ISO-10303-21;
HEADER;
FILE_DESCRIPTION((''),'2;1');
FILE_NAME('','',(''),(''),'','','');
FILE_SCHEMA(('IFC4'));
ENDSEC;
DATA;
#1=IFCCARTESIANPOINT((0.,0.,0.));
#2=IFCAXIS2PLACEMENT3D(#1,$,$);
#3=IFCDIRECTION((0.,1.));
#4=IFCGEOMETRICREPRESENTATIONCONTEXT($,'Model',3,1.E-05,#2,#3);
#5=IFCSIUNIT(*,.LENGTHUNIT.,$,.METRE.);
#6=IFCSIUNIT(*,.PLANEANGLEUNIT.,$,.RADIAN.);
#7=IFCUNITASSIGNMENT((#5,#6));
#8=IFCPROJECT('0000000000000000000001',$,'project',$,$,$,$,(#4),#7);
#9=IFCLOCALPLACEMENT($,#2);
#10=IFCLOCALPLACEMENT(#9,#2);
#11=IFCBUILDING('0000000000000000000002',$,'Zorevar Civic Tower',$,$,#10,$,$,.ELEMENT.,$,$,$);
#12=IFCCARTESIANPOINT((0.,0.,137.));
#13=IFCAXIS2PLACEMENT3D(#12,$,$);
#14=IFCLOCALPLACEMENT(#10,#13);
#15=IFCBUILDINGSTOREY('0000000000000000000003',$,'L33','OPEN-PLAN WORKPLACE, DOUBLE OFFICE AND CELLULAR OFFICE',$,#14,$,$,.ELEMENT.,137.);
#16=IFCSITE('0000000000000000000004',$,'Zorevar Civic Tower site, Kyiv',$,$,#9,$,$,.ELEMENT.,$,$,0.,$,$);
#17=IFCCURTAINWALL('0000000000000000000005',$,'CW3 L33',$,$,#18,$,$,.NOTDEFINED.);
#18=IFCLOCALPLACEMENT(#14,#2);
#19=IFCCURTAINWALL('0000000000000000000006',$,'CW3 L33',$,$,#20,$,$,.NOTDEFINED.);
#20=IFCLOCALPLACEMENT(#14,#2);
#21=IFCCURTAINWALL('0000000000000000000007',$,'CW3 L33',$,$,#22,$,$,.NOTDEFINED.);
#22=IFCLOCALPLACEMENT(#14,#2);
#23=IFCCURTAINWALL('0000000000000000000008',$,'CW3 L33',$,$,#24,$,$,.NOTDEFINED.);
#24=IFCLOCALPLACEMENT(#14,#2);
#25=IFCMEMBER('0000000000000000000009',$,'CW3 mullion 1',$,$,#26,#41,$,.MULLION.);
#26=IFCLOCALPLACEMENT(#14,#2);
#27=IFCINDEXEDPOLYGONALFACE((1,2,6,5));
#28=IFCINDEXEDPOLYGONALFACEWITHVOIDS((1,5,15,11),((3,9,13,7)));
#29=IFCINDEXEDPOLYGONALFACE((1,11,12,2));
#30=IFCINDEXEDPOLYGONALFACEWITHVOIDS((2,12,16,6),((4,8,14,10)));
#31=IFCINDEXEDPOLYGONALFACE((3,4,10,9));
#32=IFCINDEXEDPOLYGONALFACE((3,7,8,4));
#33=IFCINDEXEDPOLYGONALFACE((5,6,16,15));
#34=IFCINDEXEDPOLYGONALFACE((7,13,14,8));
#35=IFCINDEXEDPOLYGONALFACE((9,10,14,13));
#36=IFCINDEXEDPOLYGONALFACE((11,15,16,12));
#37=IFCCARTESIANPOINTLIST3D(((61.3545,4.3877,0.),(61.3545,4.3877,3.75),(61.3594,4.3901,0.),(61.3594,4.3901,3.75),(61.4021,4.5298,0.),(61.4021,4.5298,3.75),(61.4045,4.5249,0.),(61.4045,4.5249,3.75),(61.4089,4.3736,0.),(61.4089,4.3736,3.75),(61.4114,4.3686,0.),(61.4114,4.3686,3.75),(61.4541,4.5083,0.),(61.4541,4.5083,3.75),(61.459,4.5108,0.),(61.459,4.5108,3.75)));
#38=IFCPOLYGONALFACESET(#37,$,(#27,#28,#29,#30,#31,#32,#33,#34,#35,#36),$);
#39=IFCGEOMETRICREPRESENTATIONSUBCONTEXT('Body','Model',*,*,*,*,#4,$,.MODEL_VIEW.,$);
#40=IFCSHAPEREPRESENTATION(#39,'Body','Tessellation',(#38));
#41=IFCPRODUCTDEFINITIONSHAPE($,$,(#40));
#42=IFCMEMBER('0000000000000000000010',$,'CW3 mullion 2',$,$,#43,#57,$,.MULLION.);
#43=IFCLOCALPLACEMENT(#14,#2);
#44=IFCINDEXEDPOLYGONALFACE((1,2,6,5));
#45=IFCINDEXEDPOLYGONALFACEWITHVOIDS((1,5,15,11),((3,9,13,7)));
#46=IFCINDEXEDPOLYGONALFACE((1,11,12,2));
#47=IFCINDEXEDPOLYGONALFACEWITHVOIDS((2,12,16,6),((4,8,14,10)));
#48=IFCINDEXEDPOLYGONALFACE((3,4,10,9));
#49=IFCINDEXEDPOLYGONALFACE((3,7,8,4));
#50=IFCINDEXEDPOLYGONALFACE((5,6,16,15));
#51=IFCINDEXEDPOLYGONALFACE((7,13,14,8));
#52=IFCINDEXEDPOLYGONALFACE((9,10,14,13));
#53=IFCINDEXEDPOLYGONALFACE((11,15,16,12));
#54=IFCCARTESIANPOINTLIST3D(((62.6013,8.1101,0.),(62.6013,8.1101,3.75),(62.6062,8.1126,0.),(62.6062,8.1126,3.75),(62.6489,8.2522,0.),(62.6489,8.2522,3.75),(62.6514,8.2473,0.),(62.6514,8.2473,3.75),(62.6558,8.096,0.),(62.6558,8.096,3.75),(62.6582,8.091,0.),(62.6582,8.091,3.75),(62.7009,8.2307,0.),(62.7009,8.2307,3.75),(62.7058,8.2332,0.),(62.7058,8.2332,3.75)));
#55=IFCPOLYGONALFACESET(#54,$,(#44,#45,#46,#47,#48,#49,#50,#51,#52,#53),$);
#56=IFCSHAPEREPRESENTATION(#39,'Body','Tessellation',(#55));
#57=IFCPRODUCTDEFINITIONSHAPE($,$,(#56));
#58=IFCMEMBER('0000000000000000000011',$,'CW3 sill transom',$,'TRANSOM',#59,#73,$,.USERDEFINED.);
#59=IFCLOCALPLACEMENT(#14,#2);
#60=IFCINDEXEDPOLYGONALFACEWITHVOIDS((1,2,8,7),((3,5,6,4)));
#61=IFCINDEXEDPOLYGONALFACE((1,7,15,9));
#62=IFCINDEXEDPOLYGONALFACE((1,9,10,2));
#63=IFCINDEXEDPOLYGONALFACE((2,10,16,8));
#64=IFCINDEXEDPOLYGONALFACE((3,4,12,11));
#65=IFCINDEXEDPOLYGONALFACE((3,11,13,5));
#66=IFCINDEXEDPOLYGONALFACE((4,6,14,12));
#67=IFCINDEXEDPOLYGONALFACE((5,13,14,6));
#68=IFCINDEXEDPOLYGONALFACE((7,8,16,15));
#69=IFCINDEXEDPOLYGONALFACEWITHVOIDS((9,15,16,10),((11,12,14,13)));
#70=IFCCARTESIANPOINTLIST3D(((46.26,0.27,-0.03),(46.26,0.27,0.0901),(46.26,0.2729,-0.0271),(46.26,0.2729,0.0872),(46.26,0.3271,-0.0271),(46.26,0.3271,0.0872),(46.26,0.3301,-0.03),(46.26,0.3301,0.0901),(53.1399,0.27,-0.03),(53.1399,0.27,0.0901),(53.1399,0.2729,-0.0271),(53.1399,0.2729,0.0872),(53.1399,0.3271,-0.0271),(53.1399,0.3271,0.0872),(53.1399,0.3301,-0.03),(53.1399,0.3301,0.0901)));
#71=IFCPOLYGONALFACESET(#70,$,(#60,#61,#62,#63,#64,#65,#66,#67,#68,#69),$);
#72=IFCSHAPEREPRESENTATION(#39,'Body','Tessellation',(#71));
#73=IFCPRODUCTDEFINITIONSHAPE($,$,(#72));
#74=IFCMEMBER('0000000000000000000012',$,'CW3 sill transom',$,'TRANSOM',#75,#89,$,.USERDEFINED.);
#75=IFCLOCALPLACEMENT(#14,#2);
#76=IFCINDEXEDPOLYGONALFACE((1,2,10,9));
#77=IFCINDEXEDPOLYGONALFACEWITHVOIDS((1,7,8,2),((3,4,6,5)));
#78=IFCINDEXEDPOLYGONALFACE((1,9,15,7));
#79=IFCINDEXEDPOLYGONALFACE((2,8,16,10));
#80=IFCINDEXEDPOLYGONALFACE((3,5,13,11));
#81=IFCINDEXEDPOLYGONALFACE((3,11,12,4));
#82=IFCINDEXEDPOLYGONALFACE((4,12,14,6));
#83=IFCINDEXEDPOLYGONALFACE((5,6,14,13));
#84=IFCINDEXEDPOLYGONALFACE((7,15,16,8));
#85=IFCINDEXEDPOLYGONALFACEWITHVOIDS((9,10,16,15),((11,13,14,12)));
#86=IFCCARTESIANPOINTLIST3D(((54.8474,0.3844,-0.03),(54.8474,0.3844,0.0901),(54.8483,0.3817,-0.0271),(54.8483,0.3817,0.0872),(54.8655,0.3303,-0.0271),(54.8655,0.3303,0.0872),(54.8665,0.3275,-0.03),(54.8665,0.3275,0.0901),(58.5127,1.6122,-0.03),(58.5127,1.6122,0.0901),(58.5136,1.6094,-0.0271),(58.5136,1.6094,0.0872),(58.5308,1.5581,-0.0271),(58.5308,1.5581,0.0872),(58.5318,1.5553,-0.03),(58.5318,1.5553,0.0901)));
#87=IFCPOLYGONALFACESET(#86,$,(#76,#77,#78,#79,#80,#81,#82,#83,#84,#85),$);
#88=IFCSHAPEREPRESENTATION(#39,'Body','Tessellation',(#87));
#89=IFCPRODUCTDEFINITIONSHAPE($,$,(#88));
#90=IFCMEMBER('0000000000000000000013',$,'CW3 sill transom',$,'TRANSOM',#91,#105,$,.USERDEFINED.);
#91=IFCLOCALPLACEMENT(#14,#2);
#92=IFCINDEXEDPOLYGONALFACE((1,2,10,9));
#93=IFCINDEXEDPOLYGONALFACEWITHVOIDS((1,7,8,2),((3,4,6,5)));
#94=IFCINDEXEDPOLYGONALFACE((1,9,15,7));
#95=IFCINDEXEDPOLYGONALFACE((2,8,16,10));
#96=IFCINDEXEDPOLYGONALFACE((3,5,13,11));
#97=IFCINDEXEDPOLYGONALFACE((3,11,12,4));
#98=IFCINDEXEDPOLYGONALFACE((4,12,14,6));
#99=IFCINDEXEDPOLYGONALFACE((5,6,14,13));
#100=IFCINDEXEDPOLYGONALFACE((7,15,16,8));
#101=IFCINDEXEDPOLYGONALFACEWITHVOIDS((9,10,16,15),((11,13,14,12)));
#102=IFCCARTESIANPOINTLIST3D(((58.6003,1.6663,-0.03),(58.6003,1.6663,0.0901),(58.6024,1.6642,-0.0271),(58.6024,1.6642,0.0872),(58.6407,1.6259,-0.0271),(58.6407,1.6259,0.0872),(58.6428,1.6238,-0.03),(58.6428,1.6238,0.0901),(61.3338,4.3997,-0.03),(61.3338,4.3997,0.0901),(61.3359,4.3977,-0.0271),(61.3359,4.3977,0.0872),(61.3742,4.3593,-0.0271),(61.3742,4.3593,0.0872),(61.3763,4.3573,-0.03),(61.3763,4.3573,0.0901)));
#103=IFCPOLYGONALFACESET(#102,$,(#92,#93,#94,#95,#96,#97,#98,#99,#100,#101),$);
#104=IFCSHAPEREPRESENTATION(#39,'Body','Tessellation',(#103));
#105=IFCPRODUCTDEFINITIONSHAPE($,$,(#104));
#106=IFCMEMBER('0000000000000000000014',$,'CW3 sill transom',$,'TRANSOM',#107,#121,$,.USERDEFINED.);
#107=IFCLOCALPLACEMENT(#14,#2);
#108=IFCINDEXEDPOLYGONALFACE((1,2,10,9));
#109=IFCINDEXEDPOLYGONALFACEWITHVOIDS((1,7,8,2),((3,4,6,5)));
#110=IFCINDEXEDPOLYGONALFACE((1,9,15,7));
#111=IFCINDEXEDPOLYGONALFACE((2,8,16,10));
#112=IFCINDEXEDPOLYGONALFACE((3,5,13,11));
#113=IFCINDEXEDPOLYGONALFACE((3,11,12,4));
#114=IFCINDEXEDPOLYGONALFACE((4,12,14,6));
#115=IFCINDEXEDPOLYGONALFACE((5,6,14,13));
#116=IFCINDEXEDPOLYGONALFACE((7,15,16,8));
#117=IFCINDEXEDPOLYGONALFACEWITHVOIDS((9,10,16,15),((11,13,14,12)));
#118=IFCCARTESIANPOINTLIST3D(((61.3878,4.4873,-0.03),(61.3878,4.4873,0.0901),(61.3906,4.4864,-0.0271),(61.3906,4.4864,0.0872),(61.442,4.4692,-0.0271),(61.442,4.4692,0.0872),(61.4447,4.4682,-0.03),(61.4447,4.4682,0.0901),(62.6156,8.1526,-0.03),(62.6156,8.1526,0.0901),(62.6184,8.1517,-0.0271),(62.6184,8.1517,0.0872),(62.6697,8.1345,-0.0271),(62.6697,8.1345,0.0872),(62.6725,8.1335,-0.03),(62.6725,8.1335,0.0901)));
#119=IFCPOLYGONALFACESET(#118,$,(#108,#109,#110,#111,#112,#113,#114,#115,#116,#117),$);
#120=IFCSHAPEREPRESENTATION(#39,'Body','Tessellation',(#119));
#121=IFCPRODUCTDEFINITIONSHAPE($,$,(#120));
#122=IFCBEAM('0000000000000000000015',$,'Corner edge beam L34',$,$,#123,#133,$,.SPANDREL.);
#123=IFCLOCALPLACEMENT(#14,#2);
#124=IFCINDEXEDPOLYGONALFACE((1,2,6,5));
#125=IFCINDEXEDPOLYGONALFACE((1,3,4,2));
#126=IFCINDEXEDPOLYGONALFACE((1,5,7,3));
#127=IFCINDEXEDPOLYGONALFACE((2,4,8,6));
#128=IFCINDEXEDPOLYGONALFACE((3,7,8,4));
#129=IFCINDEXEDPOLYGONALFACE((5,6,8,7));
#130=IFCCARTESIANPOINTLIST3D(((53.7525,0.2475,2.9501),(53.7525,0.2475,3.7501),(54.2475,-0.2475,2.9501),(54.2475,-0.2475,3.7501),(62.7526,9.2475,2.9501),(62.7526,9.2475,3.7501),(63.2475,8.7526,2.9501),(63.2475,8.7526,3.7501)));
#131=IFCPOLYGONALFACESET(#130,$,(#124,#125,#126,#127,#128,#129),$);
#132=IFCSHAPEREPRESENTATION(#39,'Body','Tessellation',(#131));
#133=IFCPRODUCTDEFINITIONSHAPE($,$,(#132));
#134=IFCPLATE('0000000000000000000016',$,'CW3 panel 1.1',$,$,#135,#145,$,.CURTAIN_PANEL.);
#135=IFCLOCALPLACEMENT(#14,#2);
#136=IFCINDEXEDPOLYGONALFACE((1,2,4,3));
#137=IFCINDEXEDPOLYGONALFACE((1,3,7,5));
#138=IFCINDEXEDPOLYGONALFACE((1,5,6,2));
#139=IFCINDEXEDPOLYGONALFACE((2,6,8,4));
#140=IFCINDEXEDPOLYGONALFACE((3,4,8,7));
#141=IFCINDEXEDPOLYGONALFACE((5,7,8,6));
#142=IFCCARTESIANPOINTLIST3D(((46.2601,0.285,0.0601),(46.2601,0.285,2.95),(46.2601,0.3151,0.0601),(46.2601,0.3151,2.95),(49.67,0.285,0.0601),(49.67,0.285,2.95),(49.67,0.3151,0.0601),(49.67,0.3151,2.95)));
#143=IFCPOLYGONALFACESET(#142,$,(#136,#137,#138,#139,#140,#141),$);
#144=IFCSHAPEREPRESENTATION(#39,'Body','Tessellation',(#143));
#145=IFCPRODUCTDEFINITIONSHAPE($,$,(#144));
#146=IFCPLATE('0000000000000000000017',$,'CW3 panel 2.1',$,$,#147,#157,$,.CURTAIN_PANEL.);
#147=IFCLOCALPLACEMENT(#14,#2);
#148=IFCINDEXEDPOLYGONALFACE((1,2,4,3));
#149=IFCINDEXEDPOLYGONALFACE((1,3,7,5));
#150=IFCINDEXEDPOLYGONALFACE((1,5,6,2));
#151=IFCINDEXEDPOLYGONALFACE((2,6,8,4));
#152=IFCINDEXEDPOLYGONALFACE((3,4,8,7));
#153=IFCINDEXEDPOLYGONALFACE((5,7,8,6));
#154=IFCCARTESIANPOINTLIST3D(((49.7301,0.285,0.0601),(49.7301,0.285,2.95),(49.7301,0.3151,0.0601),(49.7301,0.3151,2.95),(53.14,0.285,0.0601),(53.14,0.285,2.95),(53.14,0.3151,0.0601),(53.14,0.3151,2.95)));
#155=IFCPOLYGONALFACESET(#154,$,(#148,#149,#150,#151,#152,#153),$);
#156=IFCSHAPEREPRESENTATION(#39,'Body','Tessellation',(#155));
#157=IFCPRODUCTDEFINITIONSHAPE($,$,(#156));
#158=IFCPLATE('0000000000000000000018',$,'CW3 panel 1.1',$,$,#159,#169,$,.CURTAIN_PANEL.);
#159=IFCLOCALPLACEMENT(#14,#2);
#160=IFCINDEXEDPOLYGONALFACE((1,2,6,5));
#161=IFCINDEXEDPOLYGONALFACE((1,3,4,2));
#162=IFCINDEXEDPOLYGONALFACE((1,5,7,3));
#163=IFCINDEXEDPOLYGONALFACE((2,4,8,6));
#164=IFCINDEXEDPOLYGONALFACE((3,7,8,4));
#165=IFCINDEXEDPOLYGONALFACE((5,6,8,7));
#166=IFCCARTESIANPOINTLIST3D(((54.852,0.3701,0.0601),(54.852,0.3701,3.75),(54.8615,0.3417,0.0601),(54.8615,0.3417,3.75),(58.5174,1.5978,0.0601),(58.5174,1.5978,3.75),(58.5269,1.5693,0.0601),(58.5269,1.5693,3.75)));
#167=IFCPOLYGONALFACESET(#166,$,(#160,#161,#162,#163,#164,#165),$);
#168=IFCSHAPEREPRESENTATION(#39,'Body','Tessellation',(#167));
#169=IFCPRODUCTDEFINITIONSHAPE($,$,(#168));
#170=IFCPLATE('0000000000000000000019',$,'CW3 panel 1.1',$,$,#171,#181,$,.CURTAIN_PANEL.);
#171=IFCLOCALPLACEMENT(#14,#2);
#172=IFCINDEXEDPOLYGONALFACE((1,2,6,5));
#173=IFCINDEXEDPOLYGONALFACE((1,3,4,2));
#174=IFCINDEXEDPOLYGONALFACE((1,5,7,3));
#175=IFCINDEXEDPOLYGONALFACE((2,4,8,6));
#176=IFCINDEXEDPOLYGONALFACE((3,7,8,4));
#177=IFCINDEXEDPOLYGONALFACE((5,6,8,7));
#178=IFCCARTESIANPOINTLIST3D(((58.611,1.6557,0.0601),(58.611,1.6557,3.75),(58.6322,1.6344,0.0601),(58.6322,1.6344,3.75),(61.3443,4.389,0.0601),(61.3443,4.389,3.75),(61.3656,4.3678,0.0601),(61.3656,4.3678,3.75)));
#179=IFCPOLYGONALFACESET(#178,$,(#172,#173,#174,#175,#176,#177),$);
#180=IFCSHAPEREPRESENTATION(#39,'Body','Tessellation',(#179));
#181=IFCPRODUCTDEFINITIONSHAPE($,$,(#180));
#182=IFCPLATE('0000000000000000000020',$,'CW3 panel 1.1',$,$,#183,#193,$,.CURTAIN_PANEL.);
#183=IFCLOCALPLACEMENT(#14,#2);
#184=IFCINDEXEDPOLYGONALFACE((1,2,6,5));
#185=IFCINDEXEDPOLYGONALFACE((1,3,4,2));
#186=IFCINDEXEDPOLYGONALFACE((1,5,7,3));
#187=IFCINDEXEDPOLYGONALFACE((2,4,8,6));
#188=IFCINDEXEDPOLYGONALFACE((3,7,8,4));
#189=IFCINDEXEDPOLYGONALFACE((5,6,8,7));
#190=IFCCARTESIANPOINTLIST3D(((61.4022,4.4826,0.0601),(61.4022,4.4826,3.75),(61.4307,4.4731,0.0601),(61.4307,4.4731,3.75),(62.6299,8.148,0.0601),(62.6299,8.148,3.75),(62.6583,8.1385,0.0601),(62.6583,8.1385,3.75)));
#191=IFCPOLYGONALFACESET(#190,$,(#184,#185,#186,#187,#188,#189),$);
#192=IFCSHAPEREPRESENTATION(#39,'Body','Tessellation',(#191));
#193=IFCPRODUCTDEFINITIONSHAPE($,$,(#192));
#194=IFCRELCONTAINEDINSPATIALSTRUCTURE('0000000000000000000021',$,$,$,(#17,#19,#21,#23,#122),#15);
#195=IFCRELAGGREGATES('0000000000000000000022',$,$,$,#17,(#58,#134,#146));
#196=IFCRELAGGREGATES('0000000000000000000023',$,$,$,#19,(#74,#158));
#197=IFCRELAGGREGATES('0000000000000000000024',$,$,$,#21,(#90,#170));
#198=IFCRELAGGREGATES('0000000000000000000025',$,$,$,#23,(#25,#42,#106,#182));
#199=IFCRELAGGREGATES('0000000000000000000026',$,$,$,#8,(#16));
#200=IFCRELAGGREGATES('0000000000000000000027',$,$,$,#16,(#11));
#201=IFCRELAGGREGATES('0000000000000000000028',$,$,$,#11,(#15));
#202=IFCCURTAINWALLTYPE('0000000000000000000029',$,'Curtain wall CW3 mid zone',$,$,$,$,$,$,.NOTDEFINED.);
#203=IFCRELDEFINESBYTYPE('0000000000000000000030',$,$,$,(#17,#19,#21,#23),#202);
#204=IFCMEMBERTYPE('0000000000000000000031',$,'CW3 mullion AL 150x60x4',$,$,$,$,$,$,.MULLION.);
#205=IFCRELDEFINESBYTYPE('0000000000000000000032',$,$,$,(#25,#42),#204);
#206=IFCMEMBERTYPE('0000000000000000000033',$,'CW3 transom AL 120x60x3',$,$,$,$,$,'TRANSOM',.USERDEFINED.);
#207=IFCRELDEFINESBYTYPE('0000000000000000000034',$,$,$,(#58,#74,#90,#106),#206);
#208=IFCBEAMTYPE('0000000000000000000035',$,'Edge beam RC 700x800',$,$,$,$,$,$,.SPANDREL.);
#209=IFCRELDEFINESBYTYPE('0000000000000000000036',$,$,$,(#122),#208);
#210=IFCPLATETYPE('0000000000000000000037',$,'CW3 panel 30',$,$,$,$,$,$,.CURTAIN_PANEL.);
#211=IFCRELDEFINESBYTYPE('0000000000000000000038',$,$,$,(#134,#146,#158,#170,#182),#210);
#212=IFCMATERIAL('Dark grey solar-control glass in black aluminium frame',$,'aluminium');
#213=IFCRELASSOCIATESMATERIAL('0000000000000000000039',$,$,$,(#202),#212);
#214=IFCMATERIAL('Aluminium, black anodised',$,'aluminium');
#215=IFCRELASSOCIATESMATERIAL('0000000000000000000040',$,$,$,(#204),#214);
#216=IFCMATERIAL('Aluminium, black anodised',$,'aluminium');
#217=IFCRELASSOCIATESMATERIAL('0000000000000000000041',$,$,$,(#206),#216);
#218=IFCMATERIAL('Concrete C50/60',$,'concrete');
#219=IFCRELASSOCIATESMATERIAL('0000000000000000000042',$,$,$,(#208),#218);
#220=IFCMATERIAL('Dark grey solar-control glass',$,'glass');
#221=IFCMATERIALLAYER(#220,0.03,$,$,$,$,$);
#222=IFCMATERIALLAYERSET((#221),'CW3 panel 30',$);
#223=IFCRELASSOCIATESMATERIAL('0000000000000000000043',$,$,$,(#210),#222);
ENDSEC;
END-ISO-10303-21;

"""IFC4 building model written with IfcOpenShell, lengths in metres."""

from ifc_helpers import new_model, si_unit, direction, frame, origin, origin_2d, place, context, subcontext, project, spatial, rectangle, hollow_rectangle, extrude, material, layer, layer_set, material_profile, profile_set, type_object, element, aggregate, save


model = new_model("IFC4")

# Units and contexts
model_context = context("Model", 3, precision=1e-05, world=origin(), true_north=direction((0.0, 1.0)))
body_context = subcontext(model_context, "Body", "Model", "MODEL_VIEW")
ifc_project = project(units=[si_unit("LENGTHUNIT", "METRE"), si_unit("PLANEANGLEUNIT", "RADIAN")], contexts=[model_context])

# Site, building, storey
site_placement = place(None, origin())
site = spatial("IfcSite", under=ifc_project, at=site_placement, Name="Zorevar Civic Tower site, Kyiv", CompositionType="ELEMENT", RefElevation=0.0)
building_placement = place(site_placement, origin())
building = spatial("IfcBuilding", under=site, at=building_placement, Name="Zorevar Civic Tower", CompositionType="ELEMENT")
storey_placement = place(building_placement, frame((0.0, 0.0, 137.0)))
storey = spatial("IfcBuildingStorey", under=building, at=storey_placement, Name="L33", Description="OPEN-PLAN WORKPLACE, DOUBLE OFFICE AND CELLULAR OFFICE", CompositionType="ELEMENT", Elevation=137.0)

# Curtain walls, members
ifc_material_1 = material(Name="Dark grey solar-control glass in black aluminium frame", Category="aluminium")
curtain_wall_type = type_object("IfcCurtainWallType", Name="Curtain wall CW3 mid zone", PredefinedType="NOTDEFINED", material=ifc_material_1)
curtain_wall_1_placement = place(storey_placement, origin())
curtain_wall_1 = element("IfcCurtainWall", 1, at=curtain_wall_1_placement, inside=storey, type_object=curtain_wall_type, Name="CW3 L33", PredefinedType="NOTDEFINED")
ifc_material_2 = material(Name="Aluminium, black anodised", Category="aluminium")
ifc_material_profile_1 = material_profile(ifc_material_2, hollow_rectangle(XDim=0.0601, YDim=0.1499, WallThickness=0.0039, at=origin_2d()), Name="AL 150x60x4")
ifc_profile_set_1 = profile_set([ifc_material_profile_1], Name="Aluminium, black anodised")
member_type_1 = type_object("IfcMemberType", Name="CW3 mullion AL 150x60x4", PredefinedType="MULLION", material=ifc_profile_set_1)
curtain_wall_2_placement = place(storey_placement, origin())
curtain_wall_2 = element("IfcCurtainWall", 2, at=curtain_wall_2_placement, inside=storey, type_object=curtain_wall_type, Name="CW3 L33", PredefinedType="NOTDEFINED")
curtain_wall_3_placement = place(storey_placement, origin())
curtain_wall_3 = element("IfcCurtainWall", 3, at=curtain_wall_3_placement, inside=storey, type_object=curtain_wall_type, Name="CW3 L33", PredefinedType="NOTDEFINED")
curtain_wall_4_placement = place(storey_placement, origin())
curtain_wall_4 = element("IfcCurtainWall", 4, at=curtain_wall_4_placement, inside=storey, type_object=curtain_wall_type, Name="CW3 L33", PredefinedType="NOTDEFINED")
member_1_placement = place(storey_placement, frame((61.4067, 4.4492, 0.0), z_axis=(0.0, 0.0, 1.0), x_axis=(-0.948227, 0.317593, 0.0)))
member_1 = element("IfcMember", 5, at=member_1_placement, type_object=member_type_1, Name="CW3 mullion 1", PredefinedType="MULLION", context=body_context, shape_type="SweptSolid", body=[
    extrude(hollow_rectangle(XDim=0.0601, YDim=0.1499, WallThickness=0.0039, at=origin_2d()), origin(), (0.0, 0.0, 1.0), 3.75),
])
member_2_placement = place(storey_placement, frame((62.6536, 8.1716, 0.0), z_axis=(0.0, 0.0, 1.0), x_axis=(-0.948227, 0.317593, 0.0)))
member_2 = element("IfcMember", 6, at=member_2_placement, type_object=member_type_1, Name="CW3 mullion 2", PredefinedType="MULLION", context=body_context, shape_type="SweptSolid", body=[
    extrude(hollow_rectangle(XDim=0.0601, YDim=0.1499, WallThickness=0.0039, at=origin_2d()), origin(), (0.0, 0.0, 1.0), 3.75),
])

# Members
ifc_material_3 = material(Name="Aluminium, black anodised", Category="aluminium")
ifc_material_profile_2 = material_profile(ifc_material_3, hollow_rectangle(XDim=0.0601, YDim=0.1201, WallThickness=0.0029, at=origin_2d()), Name="AL 120x60x3")
ifc_profile_set_2 = profile_set([ifc_material_profile_2], Name="Aluminium, black anodised")
member_type_2 = type_object("IfcMemberType", Name="CW3 transom AL 120x60x3", ElementType="TRANSOM", PredefinedType="USERDEFINED", material=ifc_profile_set_2)
member_3_placement = place(storey_placement, frame((46.26, 0.3, 0.03), z_axis=(1.0, 0.0, 0.0), x_axis=(0.0, 1.0, 0.0)))
member_3 = element("IfcMember", 7, at=member_3_placement, type_object=member_type_2, Name="CW3 sill transom", ObjectType="TRANSOM", PredefinedType="USERDEFINED", context=body_context, shape_type="SweptSolid", body=[
    extrude(hollow_rectangle(XDim=0.0601, YDim=0.1201, WallThickness=0.0029, at=origin_2d()), origin(), (0.0, 0.0, 1.0), 6.8799),
])
member_4_placement = place(storey_placement, frame((54.8569, 0.356, 0.03), z_axis=(0.948215, 0.31763, 0.0), x_axis=(-0.31763, 0.948215, 0.0)))
member_4 = element("IfcMember", 8, at=member_4_placement, type_object=member_type_2, Name="CW3 sill transom", ObjectType="TRANSOM", PredefinedType="USERDEFINED", context=body_context, shape_type="SweptSolid", body=[
    extrude(hollow_rectangle(XDim=0.0601, YDim=0.1201, WallThickness=0.0029, at=origin_2d()), origin(), (0.0, 0.0, 1.0), 3.8655),
])
member_5_placement = place(storey_placement, frame((58.6216, 1.645, 0.03), z_axis=(0.707107, 0.707107, 0.0), x_axis=(-0.707107, 0.707107, 0.0)))
member_5 = element("IfcMember", 9, at=member_5_placement, type_object=member_type_2, Name="CW3 sill transom", ObjectType="TRANSOM", PredefinedType="USERDEFINED", context=body_context, shape_type="SweptSolid", body=[
    extrude(hollow_rectangle(XDim=0.0601, YDim=0.1201, WallThickness=0.0029, at=origin_2d()), origin(), (0.0, 0.0, 1.0), 3.8657),
])
member_6_placement = place(storey_placement, frame((61.4163, 4.4778, 0.03), z_axis=(0.31763, 0.948215, 0.0), x_axis=(-0.948215, 0.31763, 0.0)))
member_6 = element("IfcMember", 10, at=member_6_placement, type_object=member_type_2, Name="CW3 sill transom", ObjectType="TRANSOM", PredefinedType="USERDEFINED", context=body_context, shape_type="SweptSolid", body=[
    extrude(hollow_rectangle(XDim=0.0601, YDim=0.1201, WallThickness=0.0029, at=origin_2d()), origin(), (0.0, 0.0, 1.0), 3.8655),
])

# Beam
ifc_material_4 = material(Name="Concrete C50/60", Category="concrete")
ifc_material_profile_3 = material_profile(ifc_material_4, rectangle(XDim=0.7, YDim=0.8, at=origin_2d()), Name="RC 700x800")
ifc_profile_set_3 = profile_set([ifc_material_profile_3], Name="Concrete C50/60")
beam_type_1 = type_object("IfcBeamType", Name="Edge beam RC 700x800", PredefinedType="SPANDREL", material=ifc_profile_set_3)
beam_1_placement = place(storey_placement, frame((54.0, 0.0, 3.3501), z_axis=(0.707107, 0.707107, 0.0), x_axis=(-0.707107, 0.707107, 0.0)))
element("IfcBeam", 11, at=beam_1_placement, inside=storey, type_object=beam_type_1, Name="Corner edge beam L34", PredefinedType="SPANDREL", context=body_context, shape_type="SweptSolid", body=[
    extrude(rectangle(XDim=0.7, YDim=0.8, at=origin_2d()), origin(), (0.0, 0.0, 1.0), 12.728),
])

# Plates
ifc_material_5 = material(Name="Dark grey solar-control glass", Category="glass")
ifc_layer_1 = layer(ifc_material_5, 0.03)
ifc_layer_set_1 = layer_set([ifc_layer_1], Name="CW3 panel 30")
plate_type = type_object("IfcPlateType", Name="CW3 panel 30", PredefinedType="CURTAIN_PANEL", material=ifc_layer_set_1)
plate_1_placement = place(storey_placement, frame((47.9651, 0.3, 0.0601), z_axis=(0.0, 0.0, 1.0), x_axis=(1.0, 0.0, 0.0)))
plate_1 = element("IfcPlate", 12, at=plate_1_placement, type_object=plate_type, Name="CW3 panel 1.1", PredefinedType="CURTAIN_PANEL", context=body_context, shape_type="SweptSolid", body=[
    extrude(rectangle(XDim=3.4099, YDim=0.03, at=origin_2d()), origin(), (0.0, 0.0, 1.0), 2.8899),
])
plate_2_placement = place(storey_placement, frame((51.4351, 0.3, 0.0601), z_axis=(0.0, 0.0, 1.0), x_axis=(1.0, 0.0, 0.0)))
plate_2 = element("IfcPlate", 13, at=plate_2_placement, type_object=plate_type, Name="CW3 panel 2.1", PredefinedType="CURTAIN_PANEL", context=body_context, shape_type="SweptSolid", body=[
    extrude(rectangle(XDim=3.4099, YDim=0.03, at=origin_2d()), origin(), (0.0, 0.0, 1.0), 2.8899),
])
aggregate(curtain_wall_1, [member_3, plate_1, plate_2])
plate_3_placement = place(storey_placement, frame((56.6895, 0.9697, 0.0601), z_axis=(0.0, 0.0, 1.0), x_axis=(0.948227, 0.317593, 0.0)))
plate_3 = element("IfcPlate", 14, at=plate_3_placement, type_object=plate_type, Name="CW3 panel 1.1", PredefinedType="CURTAIN_PANEL", context=body_context, shape_type="SweptSolid", body=[
    extrude(rectangle(XDim=3.8655, YDim=0.03, at=origin_2d()), origin(), (0.0, 0.0, 1.0), 3.6899),
])
aggregate(curtain_wall_2, [member_4, plate_3])
plate_4_placement = place(storey_placement, frame((59.9883, 3.0117, 0.0601), z_axis=(0.0, 0.0, 1.0), x_axis=(0.707107, 0.707107, 0.0)))
plate_4 = element("IfcPlate", 15, at=plate_4_placement, type_object=plate_type, Name="CW3 panel 1.1", PredefinedType="CURTAIN_PANEL", context=body_context, shape_type="SweptSolid", body=[
    extrude(rectangle(XDim=3.8655, YDim=0.03, at=origin_2d()), origin(), (0.0, 0.0, 1.0), 3.6899),
])
aggregate(curtain_wall_3, [member_5, plate_4])
plate_5_placement = place(storey_placement, frame((62.0303, 6.3105, 0.0601), z_axis=(0.0, 0.0, 1.0), x_axis=(0.317593, 0.948227, 0.0)))
plate_5 = element("IfcPlate", 16, at=plate_5_placement, type_object=plate_type, Name="CW3 panel 1.1", PredefinedType="CURTAIN_PANEL", context=body_context, shape_type="SweptSolid", body=[
    extrude(rectangle(XDim=3.8655, YDim=0.03, at=origin_2d()), origin(), (0.0, 0.0, 1.0), 3.6899),
])
aggregate(curtain_wall_4, [member_1, member_2, member_6, plate_5])

save(model, "model.ifc")
